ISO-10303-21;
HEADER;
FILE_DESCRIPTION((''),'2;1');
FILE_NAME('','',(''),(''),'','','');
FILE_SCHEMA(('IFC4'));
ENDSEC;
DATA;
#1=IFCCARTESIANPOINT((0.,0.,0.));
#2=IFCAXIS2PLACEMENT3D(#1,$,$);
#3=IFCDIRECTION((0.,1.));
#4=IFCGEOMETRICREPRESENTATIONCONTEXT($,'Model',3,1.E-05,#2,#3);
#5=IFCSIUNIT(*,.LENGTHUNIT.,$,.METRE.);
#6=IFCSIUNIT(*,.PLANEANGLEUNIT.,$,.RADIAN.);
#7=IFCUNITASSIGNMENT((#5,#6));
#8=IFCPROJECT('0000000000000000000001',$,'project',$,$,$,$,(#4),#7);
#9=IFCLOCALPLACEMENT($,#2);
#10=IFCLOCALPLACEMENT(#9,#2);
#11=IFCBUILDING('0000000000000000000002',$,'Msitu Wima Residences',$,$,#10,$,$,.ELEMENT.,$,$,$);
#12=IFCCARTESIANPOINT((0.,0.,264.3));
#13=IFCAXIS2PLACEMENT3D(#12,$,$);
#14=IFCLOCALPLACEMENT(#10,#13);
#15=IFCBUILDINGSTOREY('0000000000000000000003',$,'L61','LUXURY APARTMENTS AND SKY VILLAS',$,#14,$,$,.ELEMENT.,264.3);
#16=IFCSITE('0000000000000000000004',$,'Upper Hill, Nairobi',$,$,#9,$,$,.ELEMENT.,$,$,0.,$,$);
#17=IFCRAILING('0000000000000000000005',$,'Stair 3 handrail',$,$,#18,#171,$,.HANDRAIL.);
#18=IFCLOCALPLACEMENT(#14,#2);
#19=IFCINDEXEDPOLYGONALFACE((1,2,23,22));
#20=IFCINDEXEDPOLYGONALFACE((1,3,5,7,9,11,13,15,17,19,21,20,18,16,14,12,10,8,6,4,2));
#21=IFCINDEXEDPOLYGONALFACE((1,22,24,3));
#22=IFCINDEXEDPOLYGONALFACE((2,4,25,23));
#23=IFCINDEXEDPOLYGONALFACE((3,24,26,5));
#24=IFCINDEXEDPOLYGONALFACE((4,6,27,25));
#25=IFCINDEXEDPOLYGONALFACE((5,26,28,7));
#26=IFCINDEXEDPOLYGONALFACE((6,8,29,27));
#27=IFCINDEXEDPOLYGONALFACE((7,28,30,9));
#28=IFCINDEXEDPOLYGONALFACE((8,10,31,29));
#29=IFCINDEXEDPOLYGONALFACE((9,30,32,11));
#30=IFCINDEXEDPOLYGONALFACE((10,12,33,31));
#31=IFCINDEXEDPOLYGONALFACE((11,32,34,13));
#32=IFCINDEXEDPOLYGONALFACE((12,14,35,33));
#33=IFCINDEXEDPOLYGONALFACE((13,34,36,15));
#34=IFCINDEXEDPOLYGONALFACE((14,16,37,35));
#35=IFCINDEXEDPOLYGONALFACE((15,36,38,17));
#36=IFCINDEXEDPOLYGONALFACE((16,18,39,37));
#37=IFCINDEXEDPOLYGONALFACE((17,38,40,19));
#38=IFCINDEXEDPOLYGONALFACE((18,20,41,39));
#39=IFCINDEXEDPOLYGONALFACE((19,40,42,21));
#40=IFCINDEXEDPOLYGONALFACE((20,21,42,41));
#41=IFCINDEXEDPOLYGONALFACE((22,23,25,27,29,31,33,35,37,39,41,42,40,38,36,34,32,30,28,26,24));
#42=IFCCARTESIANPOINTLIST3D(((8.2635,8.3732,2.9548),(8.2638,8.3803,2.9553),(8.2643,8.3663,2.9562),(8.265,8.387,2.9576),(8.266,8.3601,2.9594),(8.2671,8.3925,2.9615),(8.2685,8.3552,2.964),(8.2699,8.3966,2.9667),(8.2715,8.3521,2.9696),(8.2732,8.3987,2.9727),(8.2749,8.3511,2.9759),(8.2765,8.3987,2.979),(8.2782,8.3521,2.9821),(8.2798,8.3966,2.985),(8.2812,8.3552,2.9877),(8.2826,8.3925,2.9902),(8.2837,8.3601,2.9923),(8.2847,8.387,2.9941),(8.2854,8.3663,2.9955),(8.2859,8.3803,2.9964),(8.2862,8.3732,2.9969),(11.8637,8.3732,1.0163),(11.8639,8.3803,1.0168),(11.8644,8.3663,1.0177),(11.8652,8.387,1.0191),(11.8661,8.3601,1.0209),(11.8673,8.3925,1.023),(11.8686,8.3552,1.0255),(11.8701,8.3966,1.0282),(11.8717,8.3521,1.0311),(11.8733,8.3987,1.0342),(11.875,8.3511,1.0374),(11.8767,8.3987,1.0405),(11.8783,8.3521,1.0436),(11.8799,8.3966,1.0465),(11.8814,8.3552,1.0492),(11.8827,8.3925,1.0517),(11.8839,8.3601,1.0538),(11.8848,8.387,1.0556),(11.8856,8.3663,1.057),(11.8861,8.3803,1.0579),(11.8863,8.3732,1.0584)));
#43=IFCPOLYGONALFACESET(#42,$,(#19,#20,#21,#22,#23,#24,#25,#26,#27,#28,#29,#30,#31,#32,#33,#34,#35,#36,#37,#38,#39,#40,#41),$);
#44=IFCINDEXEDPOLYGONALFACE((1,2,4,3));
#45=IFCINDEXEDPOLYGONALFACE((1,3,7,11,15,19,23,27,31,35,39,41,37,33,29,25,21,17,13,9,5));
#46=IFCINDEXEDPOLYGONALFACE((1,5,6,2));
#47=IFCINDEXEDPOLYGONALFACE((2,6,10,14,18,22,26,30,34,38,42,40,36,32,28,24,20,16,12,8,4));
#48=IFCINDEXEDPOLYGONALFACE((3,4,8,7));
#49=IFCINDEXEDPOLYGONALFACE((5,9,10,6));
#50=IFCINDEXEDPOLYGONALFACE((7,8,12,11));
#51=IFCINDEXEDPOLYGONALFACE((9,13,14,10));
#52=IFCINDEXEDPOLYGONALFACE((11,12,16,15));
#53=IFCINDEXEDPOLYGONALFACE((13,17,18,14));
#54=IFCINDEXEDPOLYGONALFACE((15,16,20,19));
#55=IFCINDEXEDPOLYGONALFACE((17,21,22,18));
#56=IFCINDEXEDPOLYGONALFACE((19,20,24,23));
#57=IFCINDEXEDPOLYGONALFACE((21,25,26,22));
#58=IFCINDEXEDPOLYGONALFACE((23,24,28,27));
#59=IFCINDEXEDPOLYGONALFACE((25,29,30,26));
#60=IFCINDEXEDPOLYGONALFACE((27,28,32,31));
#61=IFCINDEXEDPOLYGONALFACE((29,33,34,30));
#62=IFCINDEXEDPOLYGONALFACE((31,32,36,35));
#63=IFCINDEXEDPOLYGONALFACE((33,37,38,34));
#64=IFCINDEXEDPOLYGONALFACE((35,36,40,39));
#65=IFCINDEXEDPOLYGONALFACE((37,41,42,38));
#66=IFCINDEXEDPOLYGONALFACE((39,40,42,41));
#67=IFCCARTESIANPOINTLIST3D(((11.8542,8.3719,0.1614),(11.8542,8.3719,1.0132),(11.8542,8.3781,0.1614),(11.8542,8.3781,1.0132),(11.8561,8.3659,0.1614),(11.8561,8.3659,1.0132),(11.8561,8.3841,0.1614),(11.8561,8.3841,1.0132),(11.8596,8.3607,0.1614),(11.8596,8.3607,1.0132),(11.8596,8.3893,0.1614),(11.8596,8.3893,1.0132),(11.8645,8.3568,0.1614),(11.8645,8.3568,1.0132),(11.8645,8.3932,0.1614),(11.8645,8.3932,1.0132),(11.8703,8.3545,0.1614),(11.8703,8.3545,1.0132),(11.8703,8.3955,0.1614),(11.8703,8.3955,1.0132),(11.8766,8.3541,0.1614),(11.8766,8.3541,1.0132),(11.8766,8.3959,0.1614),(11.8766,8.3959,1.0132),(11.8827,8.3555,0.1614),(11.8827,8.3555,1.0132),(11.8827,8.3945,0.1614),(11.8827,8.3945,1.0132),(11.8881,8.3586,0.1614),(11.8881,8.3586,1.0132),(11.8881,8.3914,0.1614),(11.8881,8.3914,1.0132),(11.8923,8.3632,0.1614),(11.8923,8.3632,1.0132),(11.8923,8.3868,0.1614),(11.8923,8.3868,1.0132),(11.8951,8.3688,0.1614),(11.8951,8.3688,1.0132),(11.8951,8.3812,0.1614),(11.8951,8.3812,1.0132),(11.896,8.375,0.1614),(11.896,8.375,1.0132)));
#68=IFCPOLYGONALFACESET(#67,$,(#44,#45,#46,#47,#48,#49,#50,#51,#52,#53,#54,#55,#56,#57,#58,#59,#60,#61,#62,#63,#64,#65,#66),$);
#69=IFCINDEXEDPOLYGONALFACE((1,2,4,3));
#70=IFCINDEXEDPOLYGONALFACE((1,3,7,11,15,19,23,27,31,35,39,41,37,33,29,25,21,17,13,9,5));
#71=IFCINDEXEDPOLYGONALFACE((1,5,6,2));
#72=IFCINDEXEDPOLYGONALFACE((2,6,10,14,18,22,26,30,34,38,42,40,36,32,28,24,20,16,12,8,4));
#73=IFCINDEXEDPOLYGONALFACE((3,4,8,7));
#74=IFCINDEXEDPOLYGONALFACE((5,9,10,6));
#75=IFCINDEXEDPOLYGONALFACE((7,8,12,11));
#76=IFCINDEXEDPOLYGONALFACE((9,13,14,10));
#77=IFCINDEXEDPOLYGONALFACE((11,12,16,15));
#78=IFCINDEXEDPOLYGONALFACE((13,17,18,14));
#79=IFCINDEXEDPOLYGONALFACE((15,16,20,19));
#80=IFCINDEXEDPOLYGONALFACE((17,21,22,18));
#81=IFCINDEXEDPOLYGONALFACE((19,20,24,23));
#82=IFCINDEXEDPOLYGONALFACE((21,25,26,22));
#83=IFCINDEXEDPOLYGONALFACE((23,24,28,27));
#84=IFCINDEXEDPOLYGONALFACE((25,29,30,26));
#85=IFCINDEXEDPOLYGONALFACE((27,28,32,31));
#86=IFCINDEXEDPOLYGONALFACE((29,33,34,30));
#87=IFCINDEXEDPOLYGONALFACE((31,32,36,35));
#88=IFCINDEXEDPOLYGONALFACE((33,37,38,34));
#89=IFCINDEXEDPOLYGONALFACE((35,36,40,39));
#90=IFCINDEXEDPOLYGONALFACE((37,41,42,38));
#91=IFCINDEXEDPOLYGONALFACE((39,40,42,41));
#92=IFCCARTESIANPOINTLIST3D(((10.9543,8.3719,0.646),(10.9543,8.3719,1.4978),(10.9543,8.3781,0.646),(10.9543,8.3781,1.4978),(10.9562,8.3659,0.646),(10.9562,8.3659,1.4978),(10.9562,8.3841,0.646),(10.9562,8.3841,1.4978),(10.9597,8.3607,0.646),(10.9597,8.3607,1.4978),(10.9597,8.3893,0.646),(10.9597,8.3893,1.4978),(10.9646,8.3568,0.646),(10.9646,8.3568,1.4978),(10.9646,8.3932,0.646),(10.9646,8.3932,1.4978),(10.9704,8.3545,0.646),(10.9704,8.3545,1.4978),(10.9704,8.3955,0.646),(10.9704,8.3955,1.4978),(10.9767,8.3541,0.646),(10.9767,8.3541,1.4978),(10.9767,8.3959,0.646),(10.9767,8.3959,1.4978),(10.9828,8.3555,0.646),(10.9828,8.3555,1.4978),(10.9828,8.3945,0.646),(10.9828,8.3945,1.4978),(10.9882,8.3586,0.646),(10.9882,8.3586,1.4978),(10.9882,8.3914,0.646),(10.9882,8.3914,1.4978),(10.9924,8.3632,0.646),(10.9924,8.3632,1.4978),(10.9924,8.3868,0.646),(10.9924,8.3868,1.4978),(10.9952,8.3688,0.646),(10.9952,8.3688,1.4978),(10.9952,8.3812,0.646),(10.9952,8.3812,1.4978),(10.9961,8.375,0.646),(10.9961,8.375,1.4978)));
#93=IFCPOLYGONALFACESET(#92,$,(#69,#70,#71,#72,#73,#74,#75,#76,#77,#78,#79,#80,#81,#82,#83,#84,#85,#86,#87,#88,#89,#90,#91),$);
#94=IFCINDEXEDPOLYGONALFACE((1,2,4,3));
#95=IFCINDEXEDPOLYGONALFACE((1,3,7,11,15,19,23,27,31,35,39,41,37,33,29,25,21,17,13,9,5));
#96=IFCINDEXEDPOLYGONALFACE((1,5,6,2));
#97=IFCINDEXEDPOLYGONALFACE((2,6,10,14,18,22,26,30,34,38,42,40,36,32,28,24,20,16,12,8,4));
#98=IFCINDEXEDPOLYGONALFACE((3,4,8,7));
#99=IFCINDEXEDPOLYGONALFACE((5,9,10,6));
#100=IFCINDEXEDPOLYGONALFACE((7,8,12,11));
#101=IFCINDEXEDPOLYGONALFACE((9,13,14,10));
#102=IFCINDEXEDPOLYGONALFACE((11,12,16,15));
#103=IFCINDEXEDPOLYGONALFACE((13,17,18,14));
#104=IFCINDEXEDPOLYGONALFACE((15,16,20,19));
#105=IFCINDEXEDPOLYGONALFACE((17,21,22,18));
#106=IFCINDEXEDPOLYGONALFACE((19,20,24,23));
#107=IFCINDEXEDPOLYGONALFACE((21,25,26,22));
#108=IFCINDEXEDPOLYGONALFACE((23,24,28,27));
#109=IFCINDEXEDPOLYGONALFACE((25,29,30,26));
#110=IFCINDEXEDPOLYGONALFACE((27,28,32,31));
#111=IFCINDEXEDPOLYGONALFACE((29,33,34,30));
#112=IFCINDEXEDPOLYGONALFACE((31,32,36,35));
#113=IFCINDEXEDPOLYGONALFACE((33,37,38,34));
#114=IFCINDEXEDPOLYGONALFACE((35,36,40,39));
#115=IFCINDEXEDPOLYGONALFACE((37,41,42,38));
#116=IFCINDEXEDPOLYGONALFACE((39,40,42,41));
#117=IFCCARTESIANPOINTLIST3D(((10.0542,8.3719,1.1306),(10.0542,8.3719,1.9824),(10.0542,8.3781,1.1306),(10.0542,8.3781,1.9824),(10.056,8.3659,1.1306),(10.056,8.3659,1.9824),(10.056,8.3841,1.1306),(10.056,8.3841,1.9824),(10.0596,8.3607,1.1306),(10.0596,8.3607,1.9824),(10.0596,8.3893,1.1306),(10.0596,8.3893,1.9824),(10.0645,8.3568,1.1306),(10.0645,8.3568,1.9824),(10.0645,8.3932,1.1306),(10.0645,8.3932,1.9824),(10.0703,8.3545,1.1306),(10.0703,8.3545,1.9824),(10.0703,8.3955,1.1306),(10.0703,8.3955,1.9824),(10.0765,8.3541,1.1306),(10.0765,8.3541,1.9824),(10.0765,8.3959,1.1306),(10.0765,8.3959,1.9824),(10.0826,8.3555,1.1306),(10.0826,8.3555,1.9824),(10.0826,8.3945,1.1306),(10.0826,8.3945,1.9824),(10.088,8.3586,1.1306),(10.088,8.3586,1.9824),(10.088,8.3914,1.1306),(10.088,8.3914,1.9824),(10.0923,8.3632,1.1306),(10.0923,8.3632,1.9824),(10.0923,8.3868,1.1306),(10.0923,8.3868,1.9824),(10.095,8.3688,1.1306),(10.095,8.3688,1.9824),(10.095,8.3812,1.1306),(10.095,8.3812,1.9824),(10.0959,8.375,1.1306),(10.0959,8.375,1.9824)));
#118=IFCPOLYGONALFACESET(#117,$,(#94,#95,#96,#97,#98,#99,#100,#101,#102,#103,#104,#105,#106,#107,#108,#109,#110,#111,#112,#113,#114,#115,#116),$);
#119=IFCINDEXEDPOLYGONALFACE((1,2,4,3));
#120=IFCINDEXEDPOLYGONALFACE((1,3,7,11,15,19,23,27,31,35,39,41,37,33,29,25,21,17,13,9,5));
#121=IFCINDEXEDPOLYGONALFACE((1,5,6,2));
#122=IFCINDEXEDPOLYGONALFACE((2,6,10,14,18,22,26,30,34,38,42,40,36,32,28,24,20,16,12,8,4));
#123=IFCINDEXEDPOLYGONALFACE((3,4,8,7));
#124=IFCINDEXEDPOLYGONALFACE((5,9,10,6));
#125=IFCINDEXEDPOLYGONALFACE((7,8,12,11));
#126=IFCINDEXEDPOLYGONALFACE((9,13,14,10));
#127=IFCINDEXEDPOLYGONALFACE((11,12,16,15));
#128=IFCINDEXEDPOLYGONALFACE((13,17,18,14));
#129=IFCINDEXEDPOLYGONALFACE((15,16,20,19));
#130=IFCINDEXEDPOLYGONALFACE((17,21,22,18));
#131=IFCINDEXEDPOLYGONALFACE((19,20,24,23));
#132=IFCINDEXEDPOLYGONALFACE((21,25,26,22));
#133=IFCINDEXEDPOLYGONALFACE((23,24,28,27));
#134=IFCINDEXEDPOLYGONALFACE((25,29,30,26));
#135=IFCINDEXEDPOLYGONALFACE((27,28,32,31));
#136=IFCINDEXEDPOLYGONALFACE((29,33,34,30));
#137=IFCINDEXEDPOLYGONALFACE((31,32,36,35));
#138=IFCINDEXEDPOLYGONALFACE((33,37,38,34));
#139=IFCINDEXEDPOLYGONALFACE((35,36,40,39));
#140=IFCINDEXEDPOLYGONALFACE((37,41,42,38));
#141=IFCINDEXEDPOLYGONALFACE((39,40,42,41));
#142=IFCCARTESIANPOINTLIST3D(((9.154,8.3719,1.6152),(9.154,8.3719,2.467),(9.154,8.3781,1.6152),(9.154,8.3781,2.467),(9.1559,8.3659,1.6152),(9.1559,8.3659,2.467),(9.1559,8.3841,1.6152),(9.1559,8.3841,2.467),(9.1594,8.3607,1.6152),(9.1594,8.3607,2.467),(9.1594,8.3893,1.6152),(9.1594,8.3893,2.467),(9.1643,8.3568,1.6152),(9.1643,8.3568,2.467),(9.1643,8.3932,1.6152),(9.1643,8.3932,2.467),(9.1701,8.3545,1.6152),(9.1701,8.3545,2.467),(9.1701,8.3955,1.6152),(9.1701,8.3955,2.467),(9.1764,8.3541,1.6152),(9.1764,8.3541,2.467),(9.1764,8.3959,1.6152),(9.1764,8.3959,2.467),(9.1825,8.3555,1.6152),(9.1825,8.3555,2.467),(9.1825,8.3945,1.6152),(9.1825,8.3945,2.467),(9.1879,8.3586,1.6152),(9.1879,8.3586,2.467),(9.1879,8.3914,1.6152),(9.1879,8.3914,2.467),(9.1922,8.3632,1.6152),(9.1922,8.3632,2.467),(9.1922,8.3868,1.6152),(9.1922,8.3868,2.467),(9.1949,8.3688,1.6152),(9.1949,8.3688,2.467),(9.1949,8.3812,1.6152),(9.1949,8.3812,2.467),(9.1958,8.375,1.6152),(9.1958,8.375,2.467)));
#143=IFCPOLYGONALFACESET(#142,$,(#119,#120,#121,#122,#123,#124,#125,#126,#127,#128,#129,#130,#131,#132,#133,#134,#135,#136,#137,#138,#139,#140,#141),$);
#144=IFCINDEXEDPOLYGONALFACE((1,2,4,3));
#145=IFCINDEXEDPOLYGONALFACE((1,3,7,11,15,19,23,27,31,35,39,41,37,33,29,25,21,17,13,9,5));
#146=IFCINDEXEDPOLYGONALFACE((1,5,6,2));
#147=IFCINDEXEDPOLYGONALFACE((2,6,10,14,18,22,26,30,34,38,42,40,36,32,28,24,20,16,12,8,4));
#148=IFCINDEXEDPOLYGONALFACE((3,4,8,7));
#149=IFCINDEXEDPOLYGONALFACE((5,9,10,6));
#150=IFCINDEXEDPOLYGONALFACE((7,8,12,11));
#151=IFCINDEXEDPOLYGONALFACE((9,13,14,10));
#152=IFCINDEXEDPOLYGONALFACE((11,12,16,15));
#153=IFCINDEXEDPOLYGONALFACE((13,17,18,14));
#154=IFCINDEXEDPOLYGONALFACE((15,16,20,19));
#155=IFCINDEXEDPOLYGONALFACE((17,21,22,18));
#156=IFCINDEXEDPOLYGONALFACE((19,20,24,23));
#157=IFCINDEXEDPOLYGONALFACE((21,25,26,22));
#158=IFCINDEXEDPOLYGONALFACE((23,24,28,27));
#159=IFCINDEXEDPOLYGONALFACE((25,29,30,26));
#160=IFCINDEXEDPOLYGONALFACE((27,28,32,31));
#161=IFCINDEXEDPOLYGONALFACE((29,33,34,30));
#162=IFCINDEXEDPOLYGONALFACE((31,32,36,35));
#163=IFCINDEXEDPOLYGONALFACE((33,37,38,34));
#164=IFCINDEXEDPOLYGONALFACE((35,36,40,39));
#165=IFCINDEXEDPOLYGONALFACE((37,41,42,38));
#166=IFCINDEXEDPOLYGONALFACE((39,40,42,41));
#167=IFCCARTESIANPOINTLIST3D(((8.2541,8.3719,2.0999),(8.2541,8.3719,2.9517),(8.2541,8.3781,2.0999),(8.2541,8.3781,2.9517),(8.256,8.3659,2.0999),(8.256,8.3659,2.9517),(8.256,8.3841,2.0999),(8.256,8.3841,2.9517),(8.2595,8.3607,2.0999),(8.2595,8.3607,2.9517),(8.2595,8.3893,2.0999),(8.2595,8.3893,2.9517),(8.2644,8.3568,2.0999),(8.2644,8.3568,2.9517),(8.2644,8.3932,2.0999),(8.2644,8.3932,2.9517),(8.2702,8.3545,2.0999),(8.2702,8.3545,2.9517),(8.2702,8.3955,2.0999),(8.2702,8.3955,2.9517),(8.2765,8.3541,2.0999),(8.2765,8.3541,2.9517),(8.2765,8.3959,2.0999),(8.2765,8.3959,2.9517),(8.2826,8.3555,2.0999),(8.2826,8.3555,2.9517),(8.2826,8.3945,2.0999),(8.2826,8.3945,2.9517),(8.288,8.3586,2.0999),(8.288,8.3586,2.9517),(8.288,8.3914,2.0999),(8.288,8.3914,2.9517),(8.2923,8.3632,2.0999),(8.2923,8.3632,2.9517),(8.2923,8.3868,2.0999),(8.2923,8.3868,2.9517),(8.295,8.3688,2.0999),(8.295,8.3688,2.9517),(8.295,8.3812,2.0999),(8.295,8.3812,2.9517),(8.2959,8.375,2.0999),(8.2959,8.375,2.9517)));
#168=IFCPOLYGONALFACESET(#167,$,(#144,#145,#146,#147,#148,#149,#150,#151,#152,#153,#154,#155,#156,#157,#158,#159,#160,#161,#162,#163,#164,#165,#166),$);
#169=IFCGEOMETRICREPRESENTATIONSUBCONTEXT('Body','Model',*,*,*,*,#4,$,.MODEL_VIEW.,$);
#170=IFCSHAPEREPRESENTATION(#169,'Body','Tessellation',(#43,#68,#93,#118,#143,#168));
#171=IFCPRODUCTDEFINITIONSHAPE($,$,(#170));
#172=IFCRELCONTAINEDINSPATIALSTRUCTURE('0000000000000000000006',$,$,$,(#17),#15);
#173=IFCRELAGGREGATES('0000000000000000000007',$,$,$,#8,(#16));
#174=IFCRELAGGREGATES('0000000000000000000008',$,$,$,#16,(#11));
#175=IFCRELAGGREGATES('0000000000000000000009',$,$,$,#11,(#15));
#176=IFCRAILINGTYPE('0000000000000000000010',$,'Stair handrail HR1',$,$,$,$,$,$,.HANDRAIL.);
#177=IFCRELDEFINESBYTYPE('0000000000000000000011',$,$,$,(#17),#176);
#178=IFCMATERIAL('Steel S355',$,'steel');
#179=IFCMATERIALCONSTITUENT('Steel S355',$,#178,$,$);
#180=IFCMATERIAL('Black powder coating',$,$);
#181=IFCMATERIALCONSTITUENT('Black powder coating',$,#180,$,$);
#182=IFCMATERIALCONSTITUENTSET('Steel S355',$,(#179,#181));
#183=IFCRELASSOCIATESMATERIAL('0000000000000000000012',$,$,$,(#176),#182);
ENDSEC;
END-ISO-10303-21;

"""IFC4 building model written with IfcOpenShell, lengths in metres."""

from ifc_helpers import new_model, si_unit, direction, frame, origin, origin_2d, place, context, subcontext, project, spatial, circle, extrude, material, constituent, constituent_set, type_object, element, save


model = new_model("IFC4")

# Units and contexts
model_context = context("Model", 3, precision=1e-05, world=origin(), true_north=direction((0.0, 1.0)))
body_context = subcontext(model_context, "Body", "Model", "MODEL_VIEW")
ifc_project = project(units=[si_unit("LENGTHUNIT", "METRE"), si_unit("PLANEANGLEUNIT", "RADIAN")], contexts=[model_context])

# Site, building, storey
site_placement = place(None, origin())
site = spatial("IfcSite", under=ifc_project, at=site_placement, Name="Upper Hill, Nairobi", CompositionType="ELEMENT", RefElevation=0.0)
building_placement = place(site_placement, origin())
building = spatial("IfcBuilding", under=site, at=building_placement, Name="Msitu Wima Residences", CompositionType="ELEMENT")
storey_placement = place(building_placement, frame((0.0, 0.0, 264.3)))
storey = spatial("IfcBuildingStorey", under=building, at=storey_placement, Name="L61", Description="LUXURY APARTMENTS AND SKY VILLAS", CompositionType="ELEMENT", Elevation=264.3)

# Railing
ifc_material_1 = material(Name="Steel S355", Category="steel")
ifc_constituent_1 = constituent(ifc_material_1, Name="Steel S355")
ifc_material_2 = material(Name="Black powder coating")
ifc_constituent_2 = constituent(ifc_material_2, Name="Black powder coating")
ifc_constituent_set = constituent_set(constituents=[ifc_constituent_1, ifc_constituent_2], Name="Steel S355")
railing_type = type_object("IfcRailingType", Name="Stair handrail HR1", PredefinedType="HANDRAIL", material=ifc_constituent_set)
for number, where, name in (
    (1, (11.875, 8.375, 0.1614), "Stair 3 handrail"),
):
    element("IfcRailing", number, at=place(storey_placement, frame(where)), inside=storey, type_object=railing_type, Name=name, PredefinedType="HANDRAIL", context=body_context, shape_type="SweptSolid", body=[
        extrude(circle(Radius=0.0239, at=origin_2d()), frame((0.0, 0.0, 0.876), z_axis=(-0.880475, 0.0, 0.474093), x_axis=(0.0, -1.0, 0.0)), (0.0, 0.0, 1.0), 4.0889),
        extrude(circle(Radius=0.021, at=origin_2d()), origin(), (0.0, 0.0, 1.0), 0.8518),
        extrude(circle(Radius=0.021, at=origin_2d()), frame((-0.8999, 0.0, 0.4846)), (0.0, 0.0, 1.0), 0.8518),
        extrude(circle(Radius=0.021, at=origin_2d()), frame((-1.8, 0.0, 0.9692)), (0.0, 0.0, 1.0), 0.8518),
        extrude(circle(Radius=0.021, at=origin_2d()), frame((-2.7002, 0.0, 1.4539)), (0.0, 0.0, 1.0), 0.8518),
        extrude(circle(Radius=0.021, at=origin_2d()), frame((-3.6001, 0.0, 1.9385)), (0.0, 0.0, 1.0), 0.8518),
    ])

save(model, "model.ifc")
